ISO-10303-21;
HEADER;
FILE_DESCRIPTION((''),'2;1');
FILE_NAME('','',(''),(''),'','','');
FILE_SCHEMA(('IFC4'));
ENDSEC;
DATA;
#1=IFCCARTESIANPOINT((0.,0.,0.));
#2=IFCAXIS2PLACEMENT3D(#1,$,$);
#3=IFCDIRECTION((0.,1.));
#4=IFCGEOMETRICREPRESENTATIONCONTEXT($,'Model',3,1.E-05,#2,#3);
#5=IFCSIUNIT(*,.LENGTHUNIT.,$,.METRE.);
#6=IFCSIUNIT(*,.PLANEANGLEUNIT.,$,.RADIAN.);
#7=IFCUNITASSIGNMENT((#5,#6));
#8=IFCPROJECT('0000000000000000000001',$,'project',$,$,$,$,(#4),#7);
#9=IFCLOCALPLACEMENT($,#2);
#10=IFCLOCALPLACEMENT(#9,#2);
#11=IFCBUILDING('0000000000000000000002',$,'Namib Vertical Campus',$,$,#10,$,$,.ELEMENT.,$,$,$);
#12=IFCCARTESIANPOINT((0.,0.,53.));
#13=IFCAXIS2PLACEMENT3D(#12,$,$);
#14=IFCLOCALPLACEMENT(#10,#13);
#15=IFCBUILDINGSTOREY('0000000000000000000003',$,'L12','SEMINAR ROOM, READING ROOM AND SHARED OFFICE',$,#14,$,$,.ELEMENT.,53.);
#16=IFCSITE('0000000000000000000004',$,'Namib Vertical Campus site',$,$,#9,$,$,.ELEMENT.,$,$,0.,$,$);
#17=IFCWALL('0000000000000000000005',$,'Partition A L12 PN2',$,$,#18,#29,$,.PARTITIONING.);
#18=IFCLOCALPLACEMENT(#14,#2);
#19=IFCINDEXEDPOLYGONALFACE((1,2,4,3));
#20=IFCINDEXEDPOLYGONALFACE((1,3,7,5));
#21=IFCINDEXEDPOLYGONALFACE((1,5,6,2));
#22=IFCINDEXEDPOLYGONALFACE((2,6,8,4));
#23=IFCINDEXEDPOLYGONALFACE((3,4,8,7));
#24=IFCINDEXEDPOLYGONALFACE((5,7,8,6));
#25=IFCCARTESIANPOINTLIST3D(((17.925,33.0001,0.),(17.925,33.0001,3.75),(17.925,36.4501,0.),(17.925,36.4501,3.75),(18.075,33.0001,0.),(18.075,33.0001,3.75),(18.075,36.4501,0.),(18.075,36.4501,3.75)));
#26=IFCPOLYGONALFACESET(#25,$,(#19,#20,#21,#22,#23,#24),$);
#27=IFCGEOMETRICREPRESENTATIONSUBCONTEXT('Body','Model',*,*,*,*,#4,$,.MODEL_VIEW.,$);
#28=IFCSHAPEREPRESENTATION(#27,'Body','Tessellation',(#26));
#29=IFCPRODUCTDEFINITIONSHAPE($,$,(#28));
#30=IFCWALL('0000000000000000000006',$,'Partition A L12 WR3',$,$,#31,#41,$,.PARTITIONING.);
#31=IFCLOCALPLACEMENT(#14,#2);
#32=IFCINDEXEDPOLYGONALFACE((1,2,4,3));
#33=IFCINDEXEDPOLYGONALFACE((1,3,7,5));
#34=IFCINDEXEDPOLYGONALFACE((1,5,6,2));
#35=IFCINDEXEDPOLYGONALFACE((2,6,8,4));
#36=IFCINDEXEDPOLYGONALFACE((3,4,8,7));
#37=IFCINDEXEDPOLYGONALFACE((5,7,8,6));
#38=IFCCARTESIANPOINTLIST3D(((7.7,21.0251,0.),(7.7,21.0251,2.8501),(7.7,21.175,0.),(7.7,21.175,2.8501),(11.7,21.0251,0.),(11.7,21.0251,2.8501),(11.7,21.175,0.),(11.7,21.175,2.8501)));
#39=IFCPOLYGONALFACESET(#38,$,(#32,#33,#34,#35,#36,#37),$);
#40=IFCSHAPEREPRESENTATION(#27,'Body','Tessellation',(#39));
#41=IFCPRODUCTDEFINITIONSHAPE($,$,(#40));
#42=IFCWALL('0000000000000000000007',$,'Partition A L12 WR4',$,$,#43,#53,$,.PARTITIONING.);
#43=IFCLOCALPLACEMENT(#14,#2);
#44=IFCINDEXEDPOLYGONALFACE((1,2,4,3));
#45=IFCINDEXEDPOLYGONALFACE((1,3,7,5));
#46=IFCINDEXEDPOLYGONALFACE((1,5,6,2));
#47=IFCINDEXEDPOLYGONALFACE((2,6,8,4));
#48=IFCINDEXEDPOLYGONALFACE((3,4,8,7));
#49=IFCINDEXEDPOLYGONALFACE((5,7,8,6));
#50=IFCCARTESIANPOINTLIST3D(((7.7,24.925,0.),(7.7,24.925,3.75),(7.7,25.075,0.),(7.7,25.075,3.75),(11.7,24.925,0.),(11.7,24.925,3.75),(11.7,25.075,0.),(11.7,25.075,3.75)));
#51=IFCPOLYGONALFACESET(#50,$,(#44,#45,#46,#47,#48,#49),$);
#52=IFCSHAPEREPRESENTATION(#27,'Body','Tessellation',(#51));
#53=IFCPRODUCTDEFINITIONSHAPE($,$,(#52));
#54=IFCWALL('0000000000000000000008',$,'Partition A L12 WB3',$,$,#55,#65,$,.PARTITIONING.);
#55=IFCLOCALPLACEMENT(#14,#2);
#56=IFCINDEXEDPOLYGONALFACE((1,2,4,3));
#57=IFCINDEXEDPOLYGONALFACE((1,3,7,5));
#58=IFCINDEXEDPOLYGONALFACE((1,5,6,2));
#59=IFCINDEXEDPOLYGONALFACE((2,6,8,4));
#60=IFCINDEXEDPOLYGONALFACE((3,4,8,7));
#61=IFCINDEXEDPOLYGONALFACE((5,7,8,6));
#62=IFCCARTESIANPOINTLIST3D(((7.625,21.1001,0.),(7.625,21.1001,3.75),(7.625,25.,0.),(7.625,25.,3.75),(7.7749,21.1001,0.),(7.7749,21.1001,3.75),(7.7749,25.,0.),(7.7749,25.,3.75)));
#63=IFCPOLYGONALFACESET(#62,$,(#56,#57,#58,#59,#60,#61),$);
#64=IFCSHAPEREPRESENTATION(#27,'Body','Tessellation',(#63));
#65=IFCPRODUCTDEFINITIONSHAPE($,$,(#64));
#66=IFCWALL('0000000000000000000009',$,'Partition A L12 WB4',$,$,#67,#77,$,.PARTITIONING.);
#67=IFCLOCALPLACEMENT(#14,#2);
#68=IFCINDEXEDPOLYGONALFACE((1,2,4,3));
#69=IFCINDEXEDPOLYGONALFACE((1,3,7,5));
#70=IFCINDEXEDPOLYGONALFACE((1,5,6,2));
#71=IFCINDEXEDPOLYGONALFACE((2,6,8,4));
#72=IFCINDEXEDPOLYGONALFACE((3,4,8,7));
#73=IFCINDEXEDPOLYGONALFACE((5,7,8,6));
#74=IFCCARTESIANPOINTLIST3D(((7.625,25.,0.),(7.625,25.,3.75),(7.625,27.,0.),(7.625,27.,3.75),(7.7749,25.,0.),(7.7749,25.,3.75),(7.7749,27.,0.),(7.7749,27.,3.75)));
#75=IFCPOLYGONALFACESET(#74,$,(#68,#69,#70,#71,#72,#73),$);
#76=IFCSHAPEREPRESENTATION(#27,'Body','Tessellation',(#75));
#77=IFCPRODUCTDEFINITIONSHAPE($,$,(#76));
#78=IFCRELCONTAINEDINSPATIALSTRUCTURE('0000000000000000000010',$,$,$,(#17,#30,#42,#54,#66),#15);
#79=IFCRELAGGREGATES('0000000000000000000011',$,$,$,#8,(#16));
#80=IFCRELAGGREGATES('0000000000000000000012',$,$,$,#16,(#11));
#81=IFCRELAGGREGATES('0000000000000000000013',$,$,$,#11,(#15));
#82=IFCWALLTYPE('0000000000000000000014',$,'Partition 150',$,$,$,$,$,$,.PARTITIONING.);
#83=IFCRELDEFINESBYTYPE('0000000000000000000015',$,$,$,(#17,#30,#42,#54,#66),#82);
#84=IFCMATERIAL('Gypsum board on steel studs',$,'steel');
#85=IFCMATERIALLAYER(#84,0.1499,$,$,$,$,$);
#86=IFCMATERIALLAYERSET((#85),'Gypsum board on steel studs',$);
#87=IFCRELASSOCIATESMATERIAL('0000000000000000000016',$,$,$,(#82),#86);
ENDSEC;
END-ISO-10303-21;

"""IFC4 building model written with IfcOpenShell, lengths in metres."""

from ifc_helpers import new_model, si_unit, direction, frame, frame_2d, origin, place, context, subcontext, project, spatial, rectangle, extrude, material, layer, layer_set, type_object, element, save


model = new_model("IFC4")

# Units and contexts
model_context = context("Model", 3, precision=1e-05, world=origin(), true_north=direction((0.0, 1.0)))
body_context = subcontext(model_context, "Body", "Model", "MODEL_VIEW")
ifc_project = project(units=[si_unit("LENGTHUNIT", "METRE"), si_unit("PLANEANGLEUNIT", "RADIAN")], contexts=[model_context])

# Site, building, storey
site_placement = place(None, origin())
site = spatial("IfcSite", under=ifc_project, at=site_placement, Name="Namib Vertical Campus site", CompositionType="ELEMENT", RefElevation=0.0)
building_placement = place(site_placement, origin())
building = spatial("IfcBuilding", under=site, at=building_placement, Name="Namib Vertical Campus", CompositionType="ELEMENT")
storey_placement = place(building_placement, frame((0.0, 0.0, 53.0)))
storey = spatial("IfcBuildingStorey", under=building, at=storey_placement, Name="L12", Description="SEMINAR ROOM, READING ROOM AND SHARED OFFICE", CompositionType="ELEMENT", Elevation=53.0)

# Walls
ifc_material_1 = material(Name="Gypsum board on steel studs", Category="steel")
ifc_layer_1 = layer(ifc_material_1, 0.1499)
ifc_layer_set_1 = layer_set([ifc_layer_1], Name="Gypsum board on steel studs")
wall_type_1 = type_object("IfcWallType", Name="Partition 150", PredefinedType="PARTITIONING", material=ifc_layer_set_1)
wall_1_placement = place(storey_placement, frame((18.0, 33.0, 0.0), z_axis=(0.0, 0.0, 1.0), x_axis=(0.0, 1.0, 0.0)))
element("IfcWall", 1, at=wall_1_placement, inside=storey, type_object=wall_type_1, Name="Partition A L12 PN2", PredefinedType="PARTITIONING", context=body_context, shape_type="SweptSolid", body=[
    extrude(rectangle(XDim=3.45, YDim=0.1499, at=frame_2d((1.7251, 0.0))), origin(), (0.0, 0.0, 1.0), 3.75),
])
wall_2_placement = place(storey_placement, frame((11.7, 21.1001, 0.0), z_axis=(0.0, 0.0, 1.0), x_axis=(-1.0, 0.0, 0.0)))
element("IfcWall", 2, at=wall_2_placement, inside=storey, type_object=wall_type_1, Name="Partition A L12 WR3", PredefinedType="PARTITIONING", context=body_context, shape_type="SweptSolid", body=[
    extrude(rectangle(XDim=4.0, YDim=0.1499, at=frame_2d((2.0, 0.0))), origin(), (0.0, 0.0, 1.0), 2.8501),
])
wall_3_placement = place(storey_placement, frame((11.7, 25.0, 0.0), z_axis=(0.0, 0.0, 1.0), x_axis=(-1.0, 0.0, 0.0)))
element("IfcWall", 3, at=wall_3_placement, inside=storey, type_object=wall_type_1, Name="Partition A L12 WR4", PredefinedType="PARTITIONING", context=body_context, shape_type="SweptSolid", body=[
    extrude(rectangle(XDim=4.0, YDim=0.1499, at=frame_2d((2.0, 0.0))), origin(), (0.0, 0.0, 1.0), 3.75),
])
wall_4_placement = place(storey_placement, frame((7.7, 21.1001, 0.0), z_axis=(0.0, 0.0, 1.0), x_axis=(0.0, 1.0, 0.0)))
element("IfcWall", 4, at=wall_4_placement, inside=storey, type_object=wall_type_1, Name="Partition A L12 WB3", PredefinedType="PARTITIONING", context=body_context, shape_type="SweptSolid", body=[
    extrude(rectangle(XDim=3.8999, YDim=0.1499, at=frame_2d((1.95, 0.0))), origin(), (0.0, 0.0, 1.0), 3.75),
])
wall_5_placement = place(storey_placement, frame((7.7, 25.0, 0.0), z_axis=(0.0, 0.0, 1.0), x_axis=(0.0, 1.0, 0.0)))
element("IfcWall", 5, at=wall_5_placement, inside=storey, type_object=wall_type_1, Name="Partition A L12 WB4", PredefinedType="PARTITIONING", context=body_context, shape_type="SweptSolid", body=[
    extrude(rectangle(XDim=2.0, YDim=0.1499, at=frame_2d((1.0, 0.0))), origin(), (0.0, 0.0, 1.0), 3.75),
])

save(model, "model.ifc")
